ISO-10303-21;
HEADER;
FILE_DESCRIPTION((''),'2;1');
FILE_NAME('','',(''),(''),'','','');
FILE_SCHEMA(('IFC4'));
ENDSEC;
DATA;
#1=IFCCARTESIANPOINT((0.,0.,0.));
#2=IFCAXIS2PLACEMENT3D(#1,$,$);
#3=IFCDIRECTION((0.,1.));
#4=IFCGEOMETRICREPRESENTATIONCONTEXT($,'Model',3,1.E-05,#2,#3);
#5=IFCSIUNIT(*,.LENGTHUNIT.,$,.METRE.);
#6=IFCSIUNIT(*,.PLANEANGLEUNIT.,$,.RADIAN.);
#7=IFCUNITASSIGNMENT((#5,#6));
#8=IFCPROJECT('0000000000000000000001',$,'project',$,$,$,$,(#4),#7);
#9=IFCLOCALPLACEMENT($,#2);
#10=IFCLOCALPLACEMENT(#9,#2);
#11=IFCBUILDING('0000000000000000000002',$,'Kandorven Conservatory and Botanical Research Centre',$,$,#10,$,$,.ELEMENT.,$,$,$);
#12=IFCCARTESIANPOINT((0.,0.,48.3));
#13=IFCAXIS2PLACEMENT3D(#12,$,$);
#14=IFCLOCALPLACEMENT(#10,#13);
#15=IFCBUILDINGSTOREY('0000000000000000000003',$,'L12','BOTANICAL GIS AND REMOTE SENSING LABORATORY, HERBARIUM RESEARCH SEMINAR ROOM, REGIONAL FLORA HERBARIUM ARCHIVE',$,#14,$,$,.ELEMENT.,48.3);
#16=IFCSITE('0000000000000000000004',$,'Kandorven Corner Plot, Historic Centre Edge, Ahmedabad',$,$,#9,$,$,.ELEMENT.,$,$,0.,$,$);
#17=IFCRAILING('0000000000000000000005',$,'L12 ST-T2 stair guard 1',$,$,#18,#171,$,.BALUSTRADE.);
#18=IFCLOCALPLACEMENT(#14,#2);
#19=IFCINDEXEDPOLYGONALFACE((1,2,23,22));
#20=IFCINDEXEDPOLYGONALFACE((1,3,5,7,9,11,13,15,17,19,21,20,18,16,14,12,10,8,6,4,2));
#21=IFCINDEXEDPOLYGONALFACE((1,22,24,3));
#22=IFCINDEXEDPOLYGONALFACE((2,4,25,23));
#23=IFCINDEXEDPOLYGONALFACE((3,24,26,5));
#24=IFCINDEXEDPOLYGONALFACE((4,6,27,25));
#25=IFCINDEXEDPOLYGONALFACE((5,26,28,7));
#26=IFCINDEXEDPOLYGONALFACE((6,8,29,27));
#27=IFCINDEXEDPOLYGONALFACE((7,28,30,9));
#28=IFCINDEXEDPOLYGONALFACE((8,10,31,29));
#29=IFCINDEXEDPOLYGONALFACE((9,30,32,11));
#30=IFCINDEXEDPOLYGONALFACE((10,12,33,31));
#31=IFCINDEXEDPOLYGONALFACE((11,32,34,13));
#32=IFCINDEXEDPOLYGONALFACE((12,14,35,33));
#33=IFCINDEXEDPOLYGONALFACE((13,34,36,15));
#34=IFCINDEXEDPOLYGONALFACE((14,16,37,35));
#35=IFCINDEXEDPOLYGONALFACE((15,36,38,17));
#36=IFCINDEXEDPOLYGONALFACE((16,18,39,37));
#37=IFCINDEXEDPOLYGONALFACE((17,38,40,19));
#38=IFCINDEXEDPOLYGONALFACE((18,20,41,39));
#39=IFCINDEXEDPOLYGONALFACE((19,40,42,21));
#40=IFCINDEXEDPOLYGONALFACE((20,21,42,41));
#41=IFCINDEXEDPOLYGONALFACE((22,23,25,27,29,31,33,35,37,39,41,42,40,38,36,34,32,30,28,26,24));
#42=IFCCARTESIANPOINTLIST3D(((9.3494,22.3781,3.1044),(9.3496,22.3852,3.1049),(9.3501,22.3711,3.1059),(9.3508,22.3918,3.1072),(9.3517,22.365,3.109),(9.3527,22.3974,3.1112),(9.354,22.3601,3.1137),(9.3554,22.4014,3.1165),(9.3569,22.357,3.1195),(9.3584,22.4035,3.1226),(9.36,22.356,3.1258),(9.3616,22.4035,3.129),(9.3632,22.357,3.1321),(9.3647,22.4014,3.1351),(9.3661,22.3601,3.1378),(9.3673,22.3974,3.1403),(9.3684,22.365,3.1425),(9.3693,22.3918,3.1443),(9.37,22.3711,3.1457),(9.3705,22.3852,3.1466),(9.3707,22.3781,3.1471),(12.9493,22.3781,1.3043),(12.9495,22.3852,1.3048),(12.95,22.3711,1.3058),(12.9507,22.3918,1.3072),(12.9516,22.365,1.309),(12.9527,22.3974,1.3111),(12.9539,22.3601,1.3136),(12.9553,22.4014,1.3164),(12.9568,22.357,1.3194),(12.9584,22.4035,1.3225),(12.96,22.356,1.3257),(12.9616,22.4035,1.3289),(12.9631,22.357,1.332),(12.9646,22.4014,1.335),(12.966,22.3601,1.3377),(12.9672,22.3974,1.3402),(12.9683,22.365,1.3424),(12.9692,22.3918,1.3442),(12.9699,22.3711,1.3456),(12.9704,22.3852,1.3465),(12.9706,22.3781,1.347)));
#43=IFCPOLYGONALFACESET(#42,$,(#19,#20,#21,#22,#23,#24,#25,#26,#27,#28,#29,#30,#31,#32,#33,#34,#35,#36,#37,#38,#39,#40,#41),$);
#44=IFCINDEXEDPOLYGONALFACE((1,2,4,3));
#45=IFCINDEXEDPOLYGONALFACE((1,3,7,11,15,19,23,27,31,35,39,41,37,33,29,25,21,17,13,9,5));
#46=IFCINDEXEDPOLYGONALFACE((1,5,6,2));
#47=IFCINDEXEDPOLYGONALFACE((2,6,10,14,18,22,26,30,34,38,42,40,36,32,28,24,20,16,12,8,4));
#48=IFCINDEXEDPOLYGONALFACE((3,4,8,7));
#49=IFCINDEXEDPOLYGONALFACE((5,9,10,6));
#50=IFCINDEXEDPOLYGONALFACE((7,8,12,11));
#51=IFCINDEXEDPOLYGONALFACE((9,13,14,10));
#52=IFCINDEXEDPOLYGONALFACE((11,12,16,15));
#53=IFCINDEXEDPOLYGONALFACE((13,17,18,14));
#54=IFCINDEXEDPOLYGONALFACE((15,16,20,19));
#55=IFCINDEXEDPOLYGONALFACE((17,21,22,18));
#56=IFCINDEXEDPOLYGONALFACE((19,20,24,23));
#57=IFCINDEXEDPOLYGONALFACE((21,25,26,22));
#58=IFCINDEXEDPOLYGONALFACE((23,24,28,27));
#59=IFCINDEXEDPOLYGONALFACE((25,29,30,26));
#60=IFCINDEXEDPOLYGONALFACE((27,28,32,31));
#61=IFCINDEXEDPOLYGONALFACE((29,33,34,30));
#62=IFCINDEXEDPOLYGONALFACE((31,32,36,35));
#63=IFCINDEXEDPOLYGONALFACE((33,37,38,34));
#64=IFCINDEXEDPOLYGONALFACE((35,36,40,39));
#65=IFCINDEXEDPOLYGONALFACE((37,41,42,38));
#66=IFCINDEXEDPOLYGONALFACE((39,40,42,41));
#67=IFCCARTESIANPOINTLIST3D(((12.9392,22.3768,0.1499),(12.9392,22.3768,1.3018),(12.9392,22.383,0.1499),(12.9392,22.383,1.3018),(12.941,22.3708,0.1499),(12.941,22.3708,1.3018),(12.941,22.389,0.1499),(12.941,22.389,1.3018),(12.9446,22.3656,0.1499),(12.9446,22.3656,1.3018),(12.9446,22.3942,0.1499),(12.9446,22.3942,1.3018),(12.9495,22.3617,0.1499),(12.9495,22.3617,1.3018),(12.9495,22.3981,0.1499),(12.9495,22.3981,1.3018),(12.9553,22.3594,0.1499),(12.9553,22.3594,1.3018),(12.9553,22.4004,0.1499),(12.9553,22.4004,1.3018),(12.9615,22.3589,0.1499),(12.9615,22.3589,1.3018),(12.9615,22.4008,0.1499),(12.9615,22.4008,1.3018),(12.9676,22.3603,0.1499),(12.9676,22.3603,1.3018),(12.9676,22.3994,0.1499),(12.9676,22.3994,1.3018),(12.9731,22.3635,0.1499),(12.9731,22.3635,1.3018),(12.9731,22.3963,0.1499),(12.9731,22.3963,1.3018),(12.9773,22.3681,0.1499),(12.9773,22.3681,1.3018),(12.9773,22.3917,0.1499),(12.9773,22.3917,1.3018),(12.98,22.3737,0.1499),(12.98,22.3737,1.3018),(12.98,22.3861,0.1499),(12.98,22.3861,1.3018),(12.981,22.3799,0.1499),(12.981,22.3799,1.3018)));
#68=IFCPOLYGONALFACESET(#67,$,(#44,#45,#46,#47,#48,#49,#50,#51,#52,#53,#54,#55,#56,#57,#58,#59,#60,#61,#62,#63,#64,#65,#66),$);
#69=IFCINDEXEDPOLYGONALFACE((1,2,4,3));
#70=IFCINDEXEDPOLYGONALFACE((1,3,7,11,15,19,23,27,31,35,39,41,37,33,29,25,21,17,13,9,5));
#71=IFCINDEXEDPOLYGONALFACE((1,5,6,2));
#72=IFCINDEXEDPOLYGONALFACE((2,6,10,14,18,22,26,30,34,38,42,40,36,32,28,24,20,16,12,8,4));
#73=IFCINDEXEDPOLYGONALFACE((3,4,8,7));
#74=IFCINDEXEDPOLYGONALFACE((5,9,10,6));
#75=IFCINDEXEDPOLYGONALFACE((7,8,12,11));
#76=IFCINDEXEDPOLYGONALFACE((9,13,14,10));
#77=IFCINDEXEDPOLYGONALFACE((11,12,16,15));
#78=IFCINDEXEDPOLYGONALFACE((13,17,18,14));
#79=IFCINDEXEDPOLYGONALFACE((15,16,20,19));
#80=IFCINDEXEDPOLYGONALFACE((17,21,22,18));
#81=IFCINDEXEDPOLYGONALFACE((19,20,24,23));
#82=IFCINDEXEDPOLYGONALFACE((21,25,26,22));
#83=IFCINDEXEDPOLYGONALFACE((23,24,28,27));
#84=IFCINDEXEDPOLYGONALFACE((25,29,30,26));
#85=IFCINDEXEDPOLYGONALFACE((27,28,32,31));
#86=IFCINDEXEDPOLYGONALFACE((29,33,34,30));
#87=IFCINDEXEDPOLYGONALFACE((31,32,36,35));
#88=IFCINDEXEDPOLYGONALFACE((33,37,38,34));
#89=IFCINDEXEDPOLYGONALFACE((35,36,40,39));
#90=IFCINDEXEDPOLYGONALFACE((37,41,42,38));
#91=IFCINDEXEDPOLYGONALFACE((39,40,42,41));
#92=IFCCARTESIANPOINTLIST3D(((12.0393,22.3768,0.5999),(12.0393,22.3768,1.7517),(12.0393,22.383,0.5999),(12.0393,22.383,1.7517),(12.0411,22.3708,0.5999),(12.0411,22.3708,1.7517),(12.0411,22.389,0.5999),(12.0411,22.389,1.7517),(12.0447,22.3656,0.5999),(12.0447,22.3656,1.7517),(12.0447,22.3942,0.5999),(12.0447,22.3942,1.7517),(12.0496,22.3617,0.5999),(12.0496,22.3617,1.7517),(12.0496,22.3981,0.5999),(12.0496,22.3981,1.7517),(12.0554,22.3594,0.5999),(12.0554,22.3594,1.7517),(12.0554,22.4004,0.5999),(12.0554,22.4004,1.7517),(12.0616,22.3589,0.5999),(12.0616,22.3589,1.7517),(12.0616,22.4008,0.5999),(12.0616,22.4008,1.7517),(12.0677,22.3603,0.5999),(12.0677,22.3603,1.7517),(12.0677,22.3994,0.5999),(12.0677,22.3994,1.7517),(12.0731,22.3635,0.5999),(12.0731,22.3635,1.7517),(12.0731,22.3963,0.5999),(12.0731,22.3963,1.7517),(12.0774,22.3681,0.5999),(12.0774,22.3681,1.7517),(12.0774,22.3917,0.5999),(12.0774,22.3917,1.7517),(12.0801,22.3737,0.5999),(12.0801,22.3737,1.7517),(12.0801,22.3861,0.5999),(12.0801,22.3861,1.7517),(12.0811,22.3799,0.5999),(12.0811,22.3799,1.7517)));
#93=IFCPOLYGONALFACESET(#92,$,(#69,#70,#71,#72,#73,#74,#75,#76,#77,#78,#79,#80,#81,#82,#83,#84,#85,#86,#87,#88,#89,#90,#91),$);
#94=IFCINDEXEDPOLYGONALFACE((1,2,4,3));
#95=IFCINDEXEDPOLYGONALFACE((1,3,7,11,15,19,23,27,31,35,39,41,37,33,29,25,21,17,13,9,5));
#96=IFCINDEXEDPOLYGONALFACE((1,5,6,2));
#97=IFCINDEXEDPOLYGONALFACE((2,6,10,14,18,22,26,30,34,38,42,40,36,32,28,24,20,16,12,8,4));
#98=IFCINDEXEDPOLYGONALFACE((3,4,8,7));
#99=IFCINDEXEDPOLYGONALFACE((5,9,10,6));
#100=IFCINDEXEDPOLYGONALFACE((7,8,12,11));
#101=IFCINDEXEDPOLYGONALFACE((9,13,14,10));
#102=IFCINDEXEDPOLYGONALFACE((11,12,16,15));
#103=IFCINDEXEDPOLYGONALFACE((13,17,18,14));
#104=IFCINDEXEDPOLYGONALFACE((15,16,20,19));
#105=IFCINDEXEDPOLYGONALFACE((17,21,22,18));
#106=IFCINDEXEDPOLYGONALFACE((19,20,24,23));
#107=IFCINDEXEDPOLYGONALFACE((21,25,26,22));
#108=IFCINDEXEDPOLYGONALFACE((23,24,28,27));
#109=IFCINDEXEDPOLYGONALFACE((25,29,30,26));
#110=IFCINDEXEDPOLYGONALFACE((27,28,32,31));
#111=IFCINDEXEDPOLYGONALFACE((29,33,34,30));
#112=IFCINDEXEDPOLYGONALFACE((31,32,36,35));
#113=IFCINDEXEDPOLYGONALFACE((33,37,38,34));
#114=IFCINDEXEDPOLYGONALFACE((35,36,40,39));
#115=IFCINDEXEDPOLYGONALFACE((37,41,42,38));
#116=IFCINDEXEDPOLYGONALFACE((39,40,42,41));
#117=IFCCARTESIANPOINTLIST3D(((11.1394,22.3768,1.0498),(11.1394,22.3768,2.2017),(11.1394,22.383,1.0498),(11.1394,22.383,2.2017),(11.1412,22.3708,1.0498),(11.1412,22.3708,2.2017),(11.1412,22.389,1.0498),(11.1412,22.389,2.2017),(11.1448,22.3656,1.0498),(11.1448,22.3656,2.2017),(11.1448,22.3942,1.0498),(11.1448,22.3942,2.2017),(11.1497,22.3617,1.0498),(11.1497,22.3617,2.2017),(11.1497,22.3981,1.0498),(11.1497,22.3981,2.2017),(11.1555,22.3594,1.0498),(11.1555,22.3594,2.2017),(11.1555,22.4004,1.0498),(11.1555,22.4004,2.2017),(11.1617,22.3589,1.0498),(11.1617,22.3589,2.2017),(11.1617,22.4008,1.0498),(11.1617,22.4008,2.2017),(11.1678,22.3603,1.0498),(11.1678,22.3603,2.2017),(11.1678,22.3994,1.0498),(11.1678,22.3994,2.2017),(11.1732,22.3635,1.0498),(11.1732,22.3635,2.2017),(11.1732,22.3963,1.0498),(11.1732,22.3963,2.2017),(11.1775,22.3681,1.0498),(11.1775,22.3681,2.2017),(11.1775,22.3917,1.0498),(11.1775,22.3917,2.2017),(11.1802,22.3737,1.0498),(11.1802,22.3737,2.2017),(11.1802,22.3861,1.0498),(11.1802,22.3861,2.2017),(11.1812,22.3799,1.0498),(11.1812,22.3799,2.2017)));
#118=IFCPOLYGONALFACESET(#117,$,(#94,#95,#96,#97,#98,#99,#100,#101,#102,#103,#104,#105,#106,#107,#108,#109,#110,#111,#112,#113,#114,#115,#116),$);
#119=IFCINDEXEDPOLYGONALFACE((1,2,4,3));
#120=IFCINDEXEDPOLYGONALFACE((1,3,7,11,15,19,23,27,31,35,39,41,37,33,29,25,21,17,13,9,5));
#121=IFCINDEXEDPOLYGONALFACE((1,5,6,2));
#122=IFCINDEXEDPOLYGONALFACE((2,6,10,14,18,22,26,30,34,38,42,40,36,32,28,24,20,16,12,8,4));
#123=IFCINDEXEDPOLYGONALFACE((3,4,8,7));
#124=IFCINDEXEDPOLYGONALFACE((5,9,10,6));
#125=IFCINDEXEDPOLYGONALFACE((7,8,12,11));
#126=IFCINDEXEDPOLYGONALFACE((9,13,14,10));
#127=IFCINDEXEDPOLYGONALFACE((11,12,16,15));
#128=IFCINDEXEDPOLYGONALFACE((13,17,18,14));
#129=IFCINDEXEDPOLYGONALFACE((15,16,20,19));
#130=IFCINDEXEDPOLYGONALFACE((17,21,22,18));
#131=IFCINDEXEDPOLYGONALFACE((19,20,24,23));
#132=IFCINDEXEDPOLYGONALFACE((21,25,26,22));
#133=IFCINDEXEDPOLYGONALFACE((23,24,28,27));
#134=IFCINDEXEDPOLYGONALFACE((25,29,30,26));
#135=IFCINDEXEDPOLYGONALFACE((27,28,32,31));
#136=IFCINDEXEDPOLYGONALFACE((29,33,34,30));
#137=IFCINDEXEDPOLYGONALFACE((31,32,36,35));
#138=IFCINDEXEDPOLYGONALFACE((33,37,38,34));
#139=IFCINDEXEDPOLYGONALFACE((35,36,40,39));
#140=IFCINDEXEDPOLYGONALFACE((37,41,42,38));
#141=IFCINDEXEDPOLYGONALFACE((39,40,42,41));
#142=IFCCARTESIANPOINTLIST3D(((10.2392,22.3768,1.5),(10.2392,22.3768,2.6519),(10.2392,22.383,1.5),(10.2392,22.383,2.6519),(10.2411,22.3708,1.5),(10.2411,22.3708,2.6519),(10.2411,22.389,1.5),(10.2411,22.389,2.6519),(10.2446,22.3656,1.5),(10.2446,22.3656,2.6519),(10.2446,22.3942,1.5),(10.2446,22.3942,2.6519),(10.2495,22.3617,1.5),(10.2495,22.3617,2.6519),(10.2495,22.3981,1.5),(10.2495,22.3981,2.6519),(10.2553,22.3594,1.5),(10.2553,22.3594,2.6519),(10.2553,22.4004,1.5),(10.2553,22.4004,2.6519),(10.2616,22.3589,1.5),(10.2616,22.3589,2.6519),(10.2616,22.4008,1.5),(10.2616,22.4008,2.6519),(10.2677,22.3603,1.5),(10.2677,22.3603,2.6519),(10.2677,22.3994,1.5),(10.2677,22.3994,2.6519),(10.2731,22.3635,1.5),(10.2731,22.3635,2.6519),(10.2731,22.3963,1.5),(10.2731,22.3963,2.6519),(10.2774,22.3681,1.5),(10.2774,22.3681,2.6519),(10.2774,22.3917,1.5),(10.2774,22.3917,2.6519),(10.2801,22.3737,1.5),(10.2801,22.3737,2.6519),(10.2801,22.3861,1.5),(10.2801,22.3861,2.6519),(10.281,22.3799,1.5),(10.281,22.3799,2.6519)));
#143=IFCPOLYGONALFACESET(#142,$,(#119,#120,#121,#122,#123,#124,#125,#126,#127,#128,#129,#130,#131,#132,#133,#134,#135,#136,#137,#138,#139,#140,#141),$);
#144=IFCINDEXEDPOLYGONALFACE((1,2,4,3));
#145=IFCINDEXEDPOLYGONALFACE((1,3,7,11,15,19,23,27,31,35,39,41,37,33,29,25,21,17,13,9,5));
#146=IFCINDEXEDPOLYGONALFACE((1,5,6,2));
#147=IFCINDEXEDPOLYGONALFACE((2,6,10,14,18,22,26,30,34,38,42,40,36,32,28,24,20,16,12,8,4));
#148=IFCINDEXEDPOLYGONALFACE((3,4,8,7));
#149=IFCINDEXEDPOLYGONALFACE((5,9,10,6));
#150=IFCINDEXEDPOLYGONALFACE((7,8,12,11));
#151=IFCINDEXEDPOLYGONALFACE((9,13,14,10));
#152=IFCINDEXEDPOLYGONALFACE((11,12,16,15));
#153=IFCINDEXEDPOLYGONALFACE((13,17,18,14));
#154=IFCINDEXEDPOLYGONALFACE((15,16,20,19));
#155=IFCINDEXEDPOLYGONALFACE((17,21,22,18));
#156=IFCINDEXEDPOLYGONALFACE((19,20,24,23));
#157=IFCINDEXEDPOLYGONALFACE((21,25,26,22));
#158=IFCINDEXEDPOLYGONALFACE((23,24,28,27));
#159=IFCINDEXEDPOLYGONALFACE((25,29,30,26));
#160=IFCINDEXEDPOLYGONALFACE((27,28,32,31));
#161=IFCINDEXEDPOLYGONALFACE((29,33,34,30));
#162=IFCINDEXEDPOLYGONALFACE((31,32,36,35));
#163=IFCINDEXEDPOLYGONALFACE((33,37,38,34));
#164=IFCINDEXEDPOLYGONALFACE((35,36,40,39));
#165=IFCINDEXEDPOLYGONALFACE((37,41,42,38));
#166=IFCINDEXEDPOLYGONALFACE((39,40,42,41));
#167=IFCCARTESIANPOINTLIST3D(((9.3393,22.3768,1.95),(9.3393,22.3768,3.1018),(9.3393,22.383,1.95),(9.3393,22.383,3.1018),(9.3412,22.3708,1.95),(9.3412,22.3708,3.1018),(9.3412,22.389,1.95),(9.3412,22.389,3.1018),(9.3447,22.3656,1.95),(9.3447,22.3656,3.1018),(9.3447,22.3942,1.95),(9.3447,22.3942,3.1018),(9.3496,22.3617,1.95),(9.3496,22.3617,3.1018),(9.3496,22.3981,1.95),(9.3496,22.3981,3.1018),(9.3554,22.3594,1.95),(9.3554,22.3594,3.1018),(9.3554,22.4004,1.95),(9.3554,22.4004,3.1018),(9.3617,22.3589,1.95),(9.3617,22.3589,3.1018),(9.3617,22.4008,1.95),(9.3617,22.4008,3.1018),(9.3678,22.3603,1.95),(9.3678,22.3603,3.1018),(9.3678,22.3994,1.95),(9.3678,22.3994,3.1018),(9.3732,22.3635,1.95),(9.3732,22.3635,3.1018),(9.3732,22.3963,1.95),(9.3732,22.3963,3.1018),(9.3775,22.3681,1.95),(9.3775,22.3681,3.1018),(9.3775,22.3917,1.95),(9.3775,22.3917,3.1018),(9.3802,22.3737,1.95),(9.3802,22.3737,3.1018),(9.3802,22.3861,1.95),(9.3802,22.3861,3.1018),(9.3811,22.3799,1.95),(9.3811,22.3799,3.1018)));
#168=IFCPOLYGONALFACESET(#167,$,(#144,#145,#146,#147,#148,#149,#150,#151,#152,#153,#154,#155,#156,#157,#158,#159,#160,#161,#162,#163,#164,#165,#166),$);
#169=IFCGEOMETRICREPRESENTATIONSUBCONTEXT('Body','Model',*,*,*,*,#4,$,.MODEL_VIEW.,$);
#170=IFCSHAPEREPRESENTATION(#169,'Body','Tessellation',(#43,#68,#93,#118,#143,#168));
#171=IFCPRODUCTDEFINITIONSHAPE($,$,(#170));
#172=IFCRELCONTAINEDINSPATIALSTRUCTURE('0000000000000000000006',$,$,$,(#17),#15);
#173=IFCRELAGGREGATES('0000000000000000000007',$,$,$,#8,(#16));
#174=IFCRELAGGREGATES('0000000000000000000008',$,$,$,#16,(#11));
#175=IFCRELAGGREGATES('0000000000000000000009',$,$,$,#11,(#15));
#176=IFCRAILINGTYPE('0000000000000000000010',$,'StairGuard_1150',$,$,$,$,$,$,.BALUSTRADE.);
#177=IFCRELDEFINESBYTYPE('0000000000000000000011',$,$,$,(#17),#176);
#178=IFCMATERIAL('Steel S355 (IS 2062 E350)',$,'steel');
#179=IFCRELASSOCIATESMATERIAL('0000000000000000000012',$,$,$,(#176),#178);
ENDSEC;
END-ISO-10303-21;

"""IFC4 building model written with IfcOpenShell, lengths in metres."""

from ifc_helpers import new_model, si_unit, direction, frame, origin, origin_2d, place, context, subcontext, project, spatial, circle, extrude, material, type_object, element, save


model = new_model("IFC4")

# Units and contexts
model_context = context("Model", 3, precision=1e-05, world=origin(), true_north=direction((0.0, 1.0)))
body_context = subcontext(model_context, "Body", "Model", "MODEL_VIEW")
ifc_project = project(units=[si_unit("LENGTHUNIT", "METRE"), si_unit("PLANEANGLEUNIT", "RADIAN")], contexts=[model_context])

# Site, building, storey
site_placement = place(None, origin())
site = spatial("IfcSite", under=ifc_project, at=site_placement, Name="Kandorven Corner Plot, Historic Centre Edge, Ahmedabad", CompositionType="ELEMENT", RefElevation=0.0)
building_placement = place(site_placement, origin())
building = spatial("IfcBuilding", under=site, at=building_placement, Name="Kandorven Conservatory and Botanical Research Centre", CompositionType="ELEMENT")
storey_placement = place(building_placement, frame((0.0, 0.0, 48.3)))
storey = spatial("IfcBuildingStorey", under=building, at=storey_placement, Name="L12", Description="BOTANICAL GIS AND REMOTE SENSING LABORATORY, HERBARIUM RESEARCH SEMINAR ROOM, REGIONAL FLORA HERBARIUM ARCHIVE", CompositionType="ELEMENT", Elevation=48.3)

# Railing
ifc_material_1 = material(Name="Steel S355 (IS 2062 E350)", Category="steel")
railing_type_1 = type_object("IfcRailingType", Name="StairGuard_1150", PredefinedType="BALUSTRADE", material=ifc_material_1)
railing_1_placement = place(storey_placement, frame((12.96, 22.3799, 0.1499)))
element("IfcRailing", 1, at=railing_1_placement, inside=storey, type_object=railing_type_1, Name="L12 ST-T2 stair guard 1", PredefinedType="BALUSTRADE", context=body_context, shape_type="SweptSolid", body=[
    extrude(circle(Radius=0.0239, at=origin_2d()), frame((0.0, 0.0, 1.1758), z_axis=(-0.894415, 0.0, 0.447238), x_axis=(0.0, -1.0, 0.0)), (0.0, 0.0, 1.0), 4.0249),
    extrude(circle(Radius=0.021, at=origin_2d()), origin(), (0.0, 0.0, 1.0), 1.1519),
    extrude(circle(Radius=0.021, at=origin_2d()), frame((-0.8999, 0.0, 0.45)), (0.0, 0.0, 1.0), 1.1519),
    extrude(circle(Radius=0.021, at=origin_2d()), frame((-1.7998, 0.0, 0.8999)), (0.0, 0.0, 1.0), 1.1519),
    extrude(circle(Radius=0.021, at=origin_2d()), frame((-2.7, 0.0, 1.3501)), (0.0, 0.0, 1.0), 1.1519),
    extrude(circle(Radius=0.021, at=origin_2d()), frame((-3.5999, 0.0, 1.8)), (0.0, 0.0, 1.0), 1.1519),
])

save(model, "model.ifc")
